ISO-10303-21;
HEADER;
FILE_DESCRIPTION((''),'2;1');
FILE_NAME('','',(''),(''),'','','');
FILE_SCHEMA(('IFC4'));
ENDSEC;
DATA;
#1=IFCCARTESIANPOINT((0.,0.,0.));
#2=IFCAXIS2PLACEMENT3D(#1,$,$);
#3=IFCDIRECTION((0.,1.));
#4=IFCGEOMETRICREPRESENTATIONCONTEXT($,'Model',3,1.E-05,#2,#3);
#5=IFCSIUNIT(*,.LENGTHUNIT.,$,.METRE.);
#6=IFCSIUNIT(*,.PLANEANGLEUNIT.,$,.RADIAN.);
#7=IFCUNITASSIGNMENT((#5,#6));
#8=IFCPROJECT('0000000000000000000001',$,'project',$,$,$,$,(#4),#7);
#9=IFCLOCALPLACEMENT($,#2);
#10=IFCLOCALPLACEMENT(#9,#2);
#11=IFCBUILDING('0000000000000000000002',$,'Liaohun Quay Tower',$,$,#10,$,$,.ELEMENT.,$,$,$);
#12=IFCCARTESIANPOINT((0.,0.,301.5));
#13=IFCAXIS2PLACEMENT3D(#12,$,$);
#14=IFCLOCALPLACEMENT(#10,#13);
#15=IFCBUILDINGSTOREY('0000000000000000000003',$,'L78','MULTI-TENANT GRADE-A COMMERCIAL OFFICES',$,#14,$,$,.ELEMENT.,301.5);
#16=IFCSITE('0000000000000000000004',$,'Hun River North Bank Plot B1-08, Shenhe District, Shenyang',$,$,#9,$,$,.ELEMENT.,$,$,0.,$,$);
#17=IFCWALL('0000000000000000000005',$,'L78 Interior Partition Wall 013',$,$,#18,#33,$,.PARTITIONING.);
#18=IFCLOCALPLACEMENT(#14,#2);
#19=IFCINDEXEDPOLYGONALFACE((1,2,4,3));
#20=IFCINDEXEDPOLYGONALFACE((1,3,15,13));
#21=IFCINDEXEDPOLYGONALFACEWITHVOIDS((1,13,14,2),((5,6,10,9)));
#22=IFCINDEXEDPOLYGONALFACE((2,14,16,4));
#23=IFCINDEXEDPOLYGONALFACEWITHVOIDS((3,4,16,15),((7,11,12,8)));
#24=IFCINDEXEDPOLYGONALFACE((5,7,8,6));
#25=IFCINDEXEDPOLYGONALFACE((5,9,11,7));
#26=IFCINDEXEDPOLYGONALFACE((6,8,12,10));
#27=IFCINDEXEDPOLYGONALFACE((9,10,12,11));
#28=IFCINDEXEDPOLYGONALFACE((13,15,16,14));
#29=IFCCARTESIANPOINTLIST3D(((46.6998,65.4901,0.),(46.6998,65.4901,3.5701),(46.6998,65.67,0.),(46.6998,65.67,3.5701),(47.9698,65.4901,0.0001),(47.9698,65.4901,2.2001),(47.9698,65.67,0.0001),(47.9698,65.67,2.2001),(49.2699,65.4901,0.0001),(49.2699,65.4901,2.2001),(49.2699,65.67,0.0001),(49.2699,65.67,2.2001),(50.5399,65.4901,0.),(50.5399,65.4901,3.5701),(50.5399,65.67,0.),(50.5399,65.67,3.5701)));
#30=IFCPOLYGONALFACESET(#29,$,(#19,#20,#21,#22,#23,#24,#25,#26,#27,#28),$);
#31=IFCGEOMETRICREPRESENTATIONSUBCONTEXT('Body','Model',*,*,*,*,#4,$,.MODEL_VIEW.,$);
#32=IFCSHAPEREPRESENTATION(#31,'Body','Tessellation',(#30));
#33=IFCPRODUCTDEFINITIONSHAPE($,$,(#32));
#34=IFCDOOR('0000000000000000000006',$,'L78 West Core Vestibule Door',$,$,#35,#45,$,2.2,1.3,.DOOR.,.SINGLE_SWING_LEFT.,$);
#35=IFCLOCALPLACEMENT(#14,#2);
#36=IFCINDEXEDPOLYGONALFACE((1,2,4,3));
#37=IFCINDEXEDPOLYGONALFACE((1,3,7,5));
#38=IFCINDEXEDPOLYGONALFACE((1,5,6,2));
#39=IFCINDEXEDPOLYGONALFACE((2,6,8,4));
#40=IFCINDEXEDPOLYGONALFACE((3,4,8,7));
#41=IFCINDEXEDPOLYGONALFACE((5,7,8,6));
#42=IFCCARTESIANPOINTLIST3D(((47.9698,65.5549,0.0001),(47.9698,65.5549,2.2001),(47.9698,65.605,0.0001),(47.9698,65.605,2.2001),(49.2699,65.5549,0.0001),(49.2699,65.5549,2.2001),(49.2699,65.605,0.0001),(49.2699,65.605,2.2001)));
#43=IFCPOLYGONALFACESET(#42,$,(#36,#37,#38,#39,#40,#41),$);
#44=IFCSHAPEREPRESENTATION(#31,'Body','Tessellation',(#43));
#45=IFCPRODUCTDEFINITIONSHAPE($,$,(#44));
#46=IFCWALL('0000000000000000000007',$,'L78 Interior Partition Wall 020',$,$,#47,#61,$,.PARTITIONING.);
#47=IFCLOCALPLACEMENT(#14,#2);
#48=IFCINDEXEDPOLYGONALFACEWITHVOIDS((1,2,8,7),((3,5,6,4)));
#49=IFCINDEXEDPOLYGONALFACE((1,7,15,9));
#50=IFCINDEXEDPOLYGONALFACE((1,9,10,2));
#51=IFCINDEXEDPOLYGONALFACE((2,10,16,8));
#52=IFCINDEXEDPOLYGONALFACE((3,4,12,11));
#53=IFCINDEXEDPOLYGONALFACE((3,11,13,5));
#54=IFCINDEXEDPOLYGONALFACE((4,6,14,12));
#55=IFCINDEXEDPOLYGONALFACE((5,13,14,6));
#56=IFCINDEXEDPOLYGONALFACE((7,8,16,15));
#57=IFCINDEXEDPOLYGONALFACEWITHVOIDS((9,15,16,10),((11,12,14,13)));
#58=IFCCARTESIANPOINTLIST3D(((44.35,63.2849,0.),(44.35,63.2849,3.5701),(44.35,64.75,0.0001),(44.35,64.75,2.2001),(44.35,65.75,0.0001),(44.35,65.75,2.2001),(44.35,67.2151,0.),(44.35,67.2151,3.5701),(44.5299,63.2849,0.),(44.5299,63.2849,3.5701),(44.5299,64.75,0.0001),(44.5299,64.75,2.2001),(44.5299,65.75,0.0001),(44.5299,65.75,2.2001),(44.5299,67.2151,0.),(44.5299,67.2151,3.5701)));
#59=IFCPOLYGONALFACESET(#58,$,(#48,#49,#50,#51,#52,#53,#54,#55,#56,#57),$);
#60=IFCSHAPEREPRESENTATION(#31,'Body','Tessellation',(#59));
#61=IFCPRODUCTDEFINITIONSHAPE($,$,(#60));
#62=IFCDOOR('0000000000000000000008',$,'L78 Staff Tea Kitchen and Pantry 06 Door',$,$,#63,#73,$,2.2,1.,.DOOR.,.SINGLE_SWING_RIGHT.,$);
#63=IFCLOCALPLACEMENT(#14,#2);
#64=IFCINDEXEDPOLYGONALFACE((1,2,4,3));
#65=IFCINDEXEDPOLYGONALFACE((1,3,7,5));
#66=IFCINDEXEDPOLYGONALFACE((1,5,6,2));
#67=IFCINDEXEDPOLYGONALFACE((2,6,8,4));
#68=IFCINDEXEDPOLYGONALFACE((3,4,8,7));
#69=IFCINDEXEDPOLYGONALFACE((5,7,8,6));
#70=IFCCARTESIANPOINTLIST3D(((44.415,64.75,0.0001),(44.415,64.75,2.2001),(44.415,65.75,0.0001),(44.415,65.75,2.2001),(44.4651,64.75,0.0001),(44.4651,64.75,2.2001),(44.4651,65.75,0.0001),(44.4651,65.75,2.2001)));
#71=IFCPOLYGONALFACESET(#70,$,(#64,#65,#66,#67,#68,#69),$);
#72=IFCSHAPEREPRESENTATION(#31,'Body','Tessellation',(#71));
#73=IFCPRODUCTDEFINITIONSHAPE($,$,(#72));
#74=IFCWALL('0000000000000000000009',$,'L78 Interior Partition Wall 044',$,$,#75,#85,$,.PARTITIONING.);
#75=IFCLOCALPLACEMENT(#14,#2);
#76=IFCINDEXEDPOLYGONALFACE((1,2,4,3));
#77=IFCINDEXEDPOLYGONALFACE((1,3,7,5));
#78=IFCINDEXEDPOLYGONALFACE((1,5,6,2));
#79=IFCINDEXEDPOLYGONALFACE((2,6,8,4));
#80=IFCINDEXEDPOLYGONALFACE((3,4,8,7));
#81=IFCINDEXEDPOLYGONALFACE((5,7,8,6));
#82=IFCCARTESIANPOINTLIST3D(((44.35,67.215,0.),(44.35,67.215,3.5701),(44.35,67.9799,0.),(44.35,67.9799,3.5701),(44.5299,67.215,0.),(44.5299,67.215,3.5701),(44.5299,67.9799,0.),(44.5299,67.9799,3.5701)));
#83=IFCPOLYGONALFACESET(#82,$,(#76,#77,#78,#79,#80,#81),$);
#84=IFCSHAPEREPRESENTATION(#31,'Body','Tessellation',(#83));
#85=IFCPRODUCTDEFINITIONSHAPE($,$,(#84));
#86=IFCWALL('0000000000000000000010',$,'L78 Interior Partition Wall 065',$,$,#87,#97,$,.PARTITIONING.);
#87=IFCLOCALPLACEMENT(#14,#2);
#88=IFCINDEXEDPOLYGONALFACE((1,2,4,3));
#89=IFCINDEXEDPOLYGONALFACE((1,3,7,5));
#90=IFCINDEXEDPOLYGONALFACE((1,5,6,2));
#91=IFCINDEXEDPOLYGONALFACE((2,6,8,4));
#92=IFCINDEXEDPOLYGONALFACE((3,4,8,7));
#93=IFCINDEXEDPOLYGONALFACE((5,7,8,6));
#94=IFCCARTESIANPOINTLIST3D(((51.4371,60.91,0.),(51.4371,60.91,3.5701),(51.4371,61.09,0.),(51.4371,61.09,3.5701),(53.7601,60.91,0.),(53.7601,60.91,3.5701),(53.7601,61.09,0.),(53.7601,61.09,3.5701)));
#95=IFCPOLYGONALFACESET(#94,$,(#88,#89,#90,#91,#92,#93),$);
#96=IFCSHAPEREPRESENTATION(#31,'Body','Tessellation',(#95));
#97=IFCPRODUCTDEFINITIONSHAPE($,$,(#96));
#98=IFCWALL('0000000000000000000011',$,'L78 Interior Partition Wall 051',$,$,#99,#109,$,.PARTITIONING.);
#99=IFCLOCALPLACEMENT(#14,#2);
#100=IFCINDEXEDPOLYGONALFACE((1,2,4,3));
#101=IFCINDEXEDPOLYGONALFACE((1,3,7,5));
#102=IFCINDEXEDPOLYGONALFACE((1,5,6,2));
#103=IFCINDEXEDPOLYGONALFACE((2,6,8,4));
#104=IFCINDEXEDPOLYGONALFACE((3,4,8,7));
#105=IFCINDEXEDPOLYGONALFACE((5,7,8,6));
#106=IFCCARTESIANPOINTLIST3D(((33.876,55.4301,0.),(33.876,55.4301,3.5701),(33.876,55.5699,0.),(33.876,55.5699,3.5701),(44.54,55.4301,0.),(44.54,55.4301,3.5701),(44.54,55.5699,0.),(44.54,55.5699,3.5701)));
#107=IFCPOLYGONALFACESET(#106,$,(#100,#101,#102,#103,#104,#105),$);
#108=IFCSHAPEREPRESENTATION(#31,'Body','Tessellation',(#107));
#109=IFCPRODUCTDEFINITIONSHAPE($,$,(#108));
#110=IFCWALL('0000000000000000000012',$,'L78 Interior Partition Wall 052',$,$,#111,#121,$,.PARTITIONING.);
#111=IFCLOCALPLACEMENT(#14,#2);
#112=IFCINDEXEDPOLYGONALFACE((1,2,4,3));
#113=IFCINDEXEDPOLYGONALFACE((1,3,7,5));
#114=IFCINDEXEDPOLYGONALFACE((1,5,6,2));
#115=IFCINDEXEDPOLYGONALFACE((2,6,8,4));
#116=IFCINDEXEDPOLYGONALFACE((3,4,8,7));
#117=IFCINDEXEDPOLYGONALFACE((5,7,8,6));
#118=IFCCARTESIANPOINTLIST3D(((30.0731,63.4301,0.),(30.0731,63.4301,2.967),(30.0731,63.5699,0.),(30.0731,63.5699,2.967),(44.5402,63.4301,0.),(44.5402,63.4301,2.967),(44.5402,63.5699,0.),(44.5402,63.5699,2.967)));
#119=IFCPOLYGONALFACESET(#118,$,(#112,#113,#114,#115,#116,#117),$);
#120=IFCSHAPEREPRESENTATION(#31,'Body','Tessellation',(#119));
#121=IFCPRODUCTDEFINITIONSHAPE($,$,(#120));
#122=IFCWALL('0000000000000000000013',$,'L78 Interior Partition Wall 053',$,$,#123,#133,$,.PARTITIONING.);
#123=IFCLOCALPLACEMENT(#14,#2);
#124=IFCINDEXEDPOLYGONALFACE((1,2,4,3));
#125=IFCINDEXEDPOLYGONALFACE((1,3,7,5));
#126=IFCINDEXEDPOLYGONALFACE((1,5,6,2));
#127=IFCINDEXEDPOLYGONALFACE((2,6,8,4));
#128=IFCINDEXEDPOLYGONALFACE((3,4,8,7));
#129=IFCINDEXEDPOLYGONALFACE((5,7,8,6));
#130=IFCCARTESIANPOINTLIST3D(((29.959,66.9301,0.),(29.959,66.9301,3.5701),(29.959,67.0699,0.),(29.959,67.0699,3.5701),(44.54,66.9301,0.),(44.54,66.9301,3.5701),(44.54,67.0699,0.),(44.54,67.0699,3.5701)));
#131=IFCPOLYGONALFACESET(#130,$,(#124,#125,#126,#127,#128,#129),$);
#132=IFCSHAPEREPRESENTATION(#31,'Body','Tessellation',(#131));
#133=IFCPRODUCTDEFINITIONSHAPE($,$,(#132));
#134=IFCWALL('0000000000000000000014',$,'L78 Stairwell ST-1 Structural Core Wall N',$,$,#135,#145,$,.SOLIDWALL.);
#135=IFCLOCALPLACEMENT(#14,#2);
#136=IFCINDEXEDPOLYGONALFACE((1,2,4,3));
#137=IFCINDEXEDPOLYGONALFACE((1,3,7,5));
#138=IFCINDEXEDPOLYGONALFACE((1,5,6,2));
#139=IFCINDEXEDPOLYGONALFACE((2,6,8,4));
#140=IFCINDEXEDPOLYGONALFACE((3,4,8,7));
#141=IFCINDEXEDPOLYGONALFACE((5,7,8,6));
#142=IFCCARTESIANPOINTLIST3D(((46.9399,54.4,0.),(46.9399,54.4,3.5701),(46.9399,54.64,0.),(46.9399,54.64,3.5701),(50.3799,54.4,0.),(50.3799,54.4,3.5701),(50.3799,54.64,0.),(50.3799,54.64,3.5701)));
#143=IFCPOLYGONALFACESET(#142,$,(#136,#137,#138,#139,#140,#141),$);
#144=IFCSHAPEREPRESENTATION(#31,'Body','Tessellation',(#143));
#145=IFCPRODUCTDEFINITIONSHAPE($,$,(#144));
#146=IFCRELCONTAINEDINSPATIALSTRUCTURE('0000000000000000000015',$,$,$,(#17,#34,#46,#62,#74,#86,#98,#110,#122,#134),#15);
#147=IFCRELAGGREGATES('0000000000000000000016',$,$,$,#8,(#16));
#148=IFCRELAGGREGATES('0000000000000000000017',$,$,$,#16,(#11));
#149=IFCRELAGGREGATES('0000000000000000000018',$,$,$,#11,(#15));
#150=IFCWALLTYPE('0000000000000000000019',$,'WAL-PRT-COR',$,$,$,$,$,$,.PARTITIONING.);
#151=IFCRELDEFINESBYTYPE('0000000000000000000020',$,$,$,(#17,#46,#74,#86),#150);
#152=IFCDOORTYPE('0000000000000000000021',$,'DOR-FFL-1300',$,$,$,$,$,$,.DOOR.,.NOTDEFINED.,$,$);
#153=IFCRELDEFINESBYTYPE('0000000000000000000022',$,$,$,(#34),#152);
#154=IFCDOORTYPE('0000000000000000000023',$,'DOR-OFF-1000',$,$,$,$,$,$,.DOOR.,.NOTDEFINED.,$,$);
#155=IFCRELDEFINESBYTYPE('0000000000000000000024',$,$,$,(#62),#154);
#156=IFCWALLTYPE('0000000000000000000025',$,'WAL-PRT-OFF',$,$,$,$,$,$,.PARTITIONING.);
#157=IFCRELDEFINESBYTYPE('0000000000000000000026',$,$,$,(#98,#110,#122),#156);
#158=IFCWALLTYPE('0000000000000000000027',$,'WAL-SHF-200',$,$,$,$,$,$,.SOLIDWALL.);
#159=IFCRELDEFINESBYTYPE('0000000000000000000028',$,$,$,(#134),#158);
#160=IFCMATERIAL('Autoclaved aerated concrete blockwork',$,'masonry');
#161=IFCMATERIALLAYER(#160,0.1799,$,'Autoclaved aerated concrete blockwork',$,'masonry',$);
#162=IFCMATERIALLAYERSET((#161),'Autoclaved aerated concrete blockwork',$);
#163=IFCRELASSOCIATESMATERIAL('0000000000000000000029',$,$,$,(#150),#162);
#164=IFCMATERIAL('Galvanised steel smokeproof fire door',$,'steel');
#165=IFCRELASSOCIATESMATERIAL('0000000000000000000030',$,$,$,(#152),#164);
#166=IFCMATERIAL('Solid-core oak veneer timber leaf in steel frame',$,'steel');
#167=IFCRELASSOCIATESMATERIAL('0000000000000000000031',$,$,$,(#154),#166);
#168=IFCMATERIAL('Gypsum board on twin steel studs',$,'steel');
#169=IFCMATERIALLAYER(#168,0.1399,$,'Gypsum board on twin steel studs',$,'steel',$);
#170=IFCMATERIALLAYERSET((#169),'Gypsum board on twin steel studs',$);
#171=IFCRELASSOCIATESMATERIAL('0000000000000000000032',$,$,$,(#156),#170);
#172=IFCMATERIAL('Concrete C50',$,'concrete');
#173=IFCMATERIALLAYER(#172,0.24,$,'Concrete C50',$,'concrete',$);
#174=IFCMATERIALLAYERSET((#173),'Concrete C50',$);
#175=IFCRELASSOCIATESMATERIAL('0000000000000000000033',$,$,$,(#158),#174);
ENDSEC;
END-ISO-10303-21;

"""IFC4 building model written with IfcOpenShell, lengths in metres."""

from ifc_helpers import new_model, si_unit, direction, frame, frame_2d, origin, place, context, subcontext, project, spatial, rectangle, extrude, source, transform, mapped, material, layer, layer_set, type_object, element, fill, save


model = new_model("IFC4")

# Units and contexts
model_context = context("Model", 3, precision=1e-05, world=origin(), true_north=direction((0.0, 1.0)))
body_context = subcontext(model_context, "Body", "Model", "MODEL_VIEW")
ifc_project = project(units=[si_unit("LENGTHUNIT", "METRE"), si_unit("PLANEANGLEUNIT", "RADIAN")], contexts=[model_context])

# Site, building, storey
site_placement = place(None, origin())
site = spatial("IfcSite", under=ifc_project, at=site_placement, Name="Hun River North Bank Plot B1-08, Shenhe District, Shenyang", CompositionType="ELEMENT", RefElevation=0.0)
building_placement = place(site_placement, origin())
building = spatial("IfcBuilding", under=site, at=building_placement, Name="Liaohun Quay Tower", CompositionType="ELEMENT")
storey_placement = place(building_placement, frame((0.0, 0.0, 301.5)))
storey = spatial("IfcBuildingStorey", under=building, at=storey_placement, Name="L78", Description="MULTI-TENANT GRADE-A COMMERCIAL OFFICES", CompositionType="ELEMENT", Elevation=301.5)

# Shared definitions
ifc_material_1 = material(Name="Concrete C50", Category="concrete")

# Walls, openings, doors
ifc_material_2 = material(Name="Autoclaved aerated concrete blockwork", Category="masonry")
ifc_layer_1 = layer(ifc_material_2, 0.1799, Name="Autoclaved aerated concrete blockwork", Category="masonry")
ifc_layer_set_1 = layer_set([ifc_layer_1], Name="Autoclaved aerated concrete blockwork")
wall_type_1 = type_object("IfcWallType", Name="WAL-PRT-COR", PredefinedType="PARTITIONING", material=ifc_layer_set_1)
wall_1_placement = place(storey_placement, frame((46.7, 65.5801, 0.0), z_axis=(0.0, 0.0, 1.0), x_axis=(1.0, 0.0, 0.0)))
wall_1 = element("IfcWall", 1, at=wall_1_placement, inside=storey, type_object=wall_type_1, Name="L78 Interior Partition Wall 013", PredefinedType="PARTITIONING", context=body_context, shape_type="SweptSolid", body=[
    extrude(rectangle(XDim=3.8401, YDim=0.1799, at=frame_2d((1.9199, 0.0))), origin(), (0.0, 0.0, 1.0), 3.5701),
])
shared_shape_1 = source(origin(), body_context, "Body", "SweptSolid", [
    extrude(rectangle(XDim=1.3, YDim=2.2, at=frame_2d((0.6499, 1.1001))), frame((0.0, 0.0999, 0.0), z_axis=(0.0, -1.0, 0.0), x_axis=(1.0, 0.0, 0.0)), (0.0, 0.0, 1.0), 0.2),
])
opening_1_placement = place(wall_1_placement, frame((1.27, 0.0, 0.0)))
opening_1 = element("IfcOpeningElement", 2, at=opening_1_placement, cuts=wall_1, PredefinedType="OPENING", context=body_context, shape_type="MappedRepresentation", body=[
    mapped(shared_shape_1, transform((0.0, 0.0, 0.0), x_axis=(1.0, 0.0, 0.0), y_axis=(0.0, 1.0, 0.0), z_axis=(0.0, 0.0, 1.0), scale=1.0)),
])
ifc_material_3 = material(Name="Galvanised steel smokeproof fire door", Category="steel")
door_type_1 = type_object("IfcDoorType", Name="DOR-FFL-1300", OperationType="NOTDEFINED", PredefinedType="DOOR", material=ifc_material_3)
shared_shape_2 = source(origin(), body_context, "Body", "SweptSolid", [
    extrude(rectangle(XDim=1.3, YDim=2.2, at=frame_2d((0.6499, 1.1001))), frame((0.0, 0.0249, 0.0), z_axis=(0.0, -1.0, 0.0), x_axis=(1.0, 0.0, 0.0)), (0.0, 0.0, 1.0), 0.05),
])
door_1_placement = place(opening_1_placement, origin())
door_1 = element("IfcDoor", 3, at=door_1_placement, inside=storey, type_object=door_type_1, Name="L78 West Core Vestibule Door", OperationType="SINGLE_SWING_LEFT", OverallHeight=2.2, OverallWidth=1.3, PredefinedType="DOOR", context=body_context, shape_type="MappedRepresentation", body=[
    mapped(shared_shape_2, transform((0.0, 0.0, 0.0), x_axis=(1.0, 0.0, 0.0), y_axis=(0.0, 1.0, 0.0), z_axis=(0.0, 0.0, 1.0), scale=1.0)),
])
fill(opening_1, door_1)
wall_2_placement = place(storey_placement, frame((44.4399, 63.2849, 0.0), z_axis=(0.0, 0.0, 1.0), x_axis=(0.0, 1.0, 0.0)))
wall_2 = element("IfcWall", 4, at=wall_2_placement, inside=storey, type_object=wall_type_1, Name="L78 Interior Partition Wall 020", PredefinedType="PARTITIONING", context=body_context, shape_type="SweptSolid", body=[
    extrude(rectangle(XDim=3.9302, YDim=0.1799, at=frame_2d((1.9651, 0.0))), origin(), (0.0, 0.0, 1.0), 3.5701),
])
shared_shape_3 = source(origin(), body_context, "Body", "SweptSolid", [
    extrude(rectangle(XDim=1.0, YDim=2.2, at=frame_2d((0.5, 1.1001))), frame((0.0, 0.0999, 0.0), z_axis=(0.0, -1.0, 0.0), x_axis=(1.0, 0.0, 0.0)), (0.0, 0.0, 1.0), 0.2),
])
opening_2_placement = place(wall_2_placement, frame((1.4651, 0.0, 0.0)))
opening_2 = element("IfcOpeningElement", 5, at=opening_2_placement, cuts=wall_2, PredefinedType="OPENING", context=body_context, shape_type="MappedRepresentation", body=[
    mapped(shared_shape_3, transform((0.0, 0.0, 0.0), x_axis=(1.0, 0.0, 0.0), y_axis=(0.0, 1.0, 0.0), z_axis=(0.0, 0.0, 1.0), scale=1.0)),
])
ifc_material_4 = material(Name="Solid-core oak veneer timber leaf in steel frame", Category="steel")
door_type_2 = type_object("IfcDoorType", Name="DOR-OFF-1000", OperationType="NOTDEFINED", PredefinedType="DOOR", material=ifc_material_4)
shared_shape_4 = source(origin(), body_context, "Body", "SweptSolid", [
    extrude(rectangle(XDim=1.0, YDim=2.2, at=frame_2d((0.5, 1.1001))), frame((0.0, 0.0249, 0.0), z_axis=(0.0, -1.0, 0.0), x_axis=(1.0, 0.0, 0.0)), (0.0, 0.0, 1.0), 0.05),
])
door_2_placement = place(opening_2_placement, origin())
door_2 = element("IfcDoor", 6, at=door_2_placement, inside=storey, type_object=door_type_2, Name="L78 Staff Tea Kitchen and Pantry 06 Door", OperationType="SINGLE_SWING_RIGHT", OverallHeight=2.2, OverallWidth=1.0, PredefinedType="DOOR", context=body_context, shape_type="MappedRepresentation", body=[
    mapped(shared_shape_4, transform((0.0, 0.0, 0.0), x_axis=(1.0, 0.0, 0.0), y_axis=(0.0, 1.0, 0.0), z_axis=(0.0, 0.0, 1.0), scale=1.0)),
])
fill(opening_2, door_2)

# Walls
wall_3_placement = place(storey_placement, frame((44.4399, 67.2151, 0.0), z_axis=(0.0, 0.0, 1.0), x_axis=(0.0, 1.0, 0.0)))
element("IfcWall", 7, at=wall_3_placement, inside=storey, type_object=wall_type_1, Name="L78 Interior Partition Wall 044", PredefinedType="PARTITIONING", context=body_context, shape_type="SweptSolid", body=[
    extrude(rectangle(XDim=0.7649, YDim=0.1799, at=frame_2d((0.3823, 0.0))), origin(), (0.0, 0.0, 1.0), 3.5701),
])
wall_4_placement = place(storey_placement, frame((51.437, 61.0, 0.0), z_axis=(0.0, 0.0, 1.0), x_axis=(1.0, 0.0, 0.0)))
element("IfcWall", 8, at=wall_4_placement, inside=storey, type_object=wall_type_1, Name="L78 Interior Partition Wall 065", PredefinedType="PARTITIONING", context=body_context, shape_type="SweptSolid", body=[
    extrude(rectangle(XDim=2.323, YDim=0.1799, at=frame_2d((1.1616, 0.0))), origin(), (0.0, 0.0, 1.0), 3.5701),
])
ifc_material_5 = material(Name="Gypsum board on twin steel studs", Category="steel")
ifc_layer_2 = layer(ifc_material_5, 0.1399, Name="Gypsum board on twin steel studs", Category="steel")
ifc_layer_set_2 = layer_set([ifc_layer_2], Name="Gypsum board on twin steel studs")
wall_type_2 = type_object("IfcWallType", Name="WAL-PRT-OFF", PredefinedType="PARTITIONING", material=ifc_layer_set_2)
wall_5_placement = place(storey_placement, frame((44.54, 55.5, 0.0), z_axis=(0.0, 0.0, 1.0), x_axis=(-1.0, 0.0, 0.0)))
element("IfcWall", 9, at=wall_5_placement, inside=storey, type_object=wall_type_2, Name="L78 Interior Partition Wall 051", PredefinedType="PARTITIONING", context=body_context, shape_type="SweptSolid", body=[
    extrude(rectangle(XDim=10.6641, YDim=0.1399, at=frame_2d((5.332, 0.0))), origin(), (0.0, 0.0, 1.0), 3.5701),
])
wall_6_placement = place(storey_placement, frame((44.54, 63.5, 0.0), z_axis=(0.0, 0.0, 1.0), x_axis=(-1.0, 0.0, 0.0)))
element("IfcWall", 10, at=wall_6_placement, inside=storey, type_object=wall_type_2, Name="L78 Interior Partition Wall 052", PredefinedType="PARTITIONING", context=body_context, shape_type="SweptSolid", body=[
    extrude(rectangle(XDim=14.467, YDim=0.1399, at=frame_2d((7.2334, 0.0))), origin(), (0.0, 0.0, 1.0), 2.967),
])
wall_7_placement = place(storey_placement, frame((44.54, 67.0, 0.0), z_axis=(0.0, 0.0, 1.0), x_axis=(-1.0, 0.0, 0.0)))
element("IfcWall", 11, at=wall_7_placement, inside=storey, type_object=wall_type_2, Name="L78 Interior Partition Wall 053", PredefinedType="PARTITIONING", context=body_context, shape_type="SweptSolid", body=[
    extrude(rectangle(XDim=14.5811, YDim=0.1399, at=frame_2d((7.2905, 0.0))), origin(), (0.0, 0.0, 1.0), 3.5701),
])
ifc_layer_3 = layer(ifc_material_1, 0.24, Name="Concrete C50", Category="concrete")
ifc_layer_set_3 = layer_set([ifc_layer_3], Name="Concrete C50")
wall_type_3 = type_object("IfcWallType", Name="WAL-SHF-200", PredefinedType="SOLIDWALL", material=ifc_layer_set_3)
wall_8_placement = place(storey_placement, frame((50.3799, 54.52, 0.0), z_axis=(0.0, 0.0, 1.0), x_axis=(-1.0, 0.0, 0.0)))
element("IfcWall", 12, at=wall_8_placement, inside=storey, type_object=wall_type_3, Name="L78 Stairwell ST-1 Structural Core Wall N", PredefinedType="SOLIDWALL", context=body_context, shape_type="SweptSolid", body=[
    extrude(rectangle(XDim=3.4399, YDim=0.24, at=frame_2d((1.72, 0.0))), origin(), (0.0, 0.0, 1.0), 3.5701),
])

save(model, "model.ifc")
